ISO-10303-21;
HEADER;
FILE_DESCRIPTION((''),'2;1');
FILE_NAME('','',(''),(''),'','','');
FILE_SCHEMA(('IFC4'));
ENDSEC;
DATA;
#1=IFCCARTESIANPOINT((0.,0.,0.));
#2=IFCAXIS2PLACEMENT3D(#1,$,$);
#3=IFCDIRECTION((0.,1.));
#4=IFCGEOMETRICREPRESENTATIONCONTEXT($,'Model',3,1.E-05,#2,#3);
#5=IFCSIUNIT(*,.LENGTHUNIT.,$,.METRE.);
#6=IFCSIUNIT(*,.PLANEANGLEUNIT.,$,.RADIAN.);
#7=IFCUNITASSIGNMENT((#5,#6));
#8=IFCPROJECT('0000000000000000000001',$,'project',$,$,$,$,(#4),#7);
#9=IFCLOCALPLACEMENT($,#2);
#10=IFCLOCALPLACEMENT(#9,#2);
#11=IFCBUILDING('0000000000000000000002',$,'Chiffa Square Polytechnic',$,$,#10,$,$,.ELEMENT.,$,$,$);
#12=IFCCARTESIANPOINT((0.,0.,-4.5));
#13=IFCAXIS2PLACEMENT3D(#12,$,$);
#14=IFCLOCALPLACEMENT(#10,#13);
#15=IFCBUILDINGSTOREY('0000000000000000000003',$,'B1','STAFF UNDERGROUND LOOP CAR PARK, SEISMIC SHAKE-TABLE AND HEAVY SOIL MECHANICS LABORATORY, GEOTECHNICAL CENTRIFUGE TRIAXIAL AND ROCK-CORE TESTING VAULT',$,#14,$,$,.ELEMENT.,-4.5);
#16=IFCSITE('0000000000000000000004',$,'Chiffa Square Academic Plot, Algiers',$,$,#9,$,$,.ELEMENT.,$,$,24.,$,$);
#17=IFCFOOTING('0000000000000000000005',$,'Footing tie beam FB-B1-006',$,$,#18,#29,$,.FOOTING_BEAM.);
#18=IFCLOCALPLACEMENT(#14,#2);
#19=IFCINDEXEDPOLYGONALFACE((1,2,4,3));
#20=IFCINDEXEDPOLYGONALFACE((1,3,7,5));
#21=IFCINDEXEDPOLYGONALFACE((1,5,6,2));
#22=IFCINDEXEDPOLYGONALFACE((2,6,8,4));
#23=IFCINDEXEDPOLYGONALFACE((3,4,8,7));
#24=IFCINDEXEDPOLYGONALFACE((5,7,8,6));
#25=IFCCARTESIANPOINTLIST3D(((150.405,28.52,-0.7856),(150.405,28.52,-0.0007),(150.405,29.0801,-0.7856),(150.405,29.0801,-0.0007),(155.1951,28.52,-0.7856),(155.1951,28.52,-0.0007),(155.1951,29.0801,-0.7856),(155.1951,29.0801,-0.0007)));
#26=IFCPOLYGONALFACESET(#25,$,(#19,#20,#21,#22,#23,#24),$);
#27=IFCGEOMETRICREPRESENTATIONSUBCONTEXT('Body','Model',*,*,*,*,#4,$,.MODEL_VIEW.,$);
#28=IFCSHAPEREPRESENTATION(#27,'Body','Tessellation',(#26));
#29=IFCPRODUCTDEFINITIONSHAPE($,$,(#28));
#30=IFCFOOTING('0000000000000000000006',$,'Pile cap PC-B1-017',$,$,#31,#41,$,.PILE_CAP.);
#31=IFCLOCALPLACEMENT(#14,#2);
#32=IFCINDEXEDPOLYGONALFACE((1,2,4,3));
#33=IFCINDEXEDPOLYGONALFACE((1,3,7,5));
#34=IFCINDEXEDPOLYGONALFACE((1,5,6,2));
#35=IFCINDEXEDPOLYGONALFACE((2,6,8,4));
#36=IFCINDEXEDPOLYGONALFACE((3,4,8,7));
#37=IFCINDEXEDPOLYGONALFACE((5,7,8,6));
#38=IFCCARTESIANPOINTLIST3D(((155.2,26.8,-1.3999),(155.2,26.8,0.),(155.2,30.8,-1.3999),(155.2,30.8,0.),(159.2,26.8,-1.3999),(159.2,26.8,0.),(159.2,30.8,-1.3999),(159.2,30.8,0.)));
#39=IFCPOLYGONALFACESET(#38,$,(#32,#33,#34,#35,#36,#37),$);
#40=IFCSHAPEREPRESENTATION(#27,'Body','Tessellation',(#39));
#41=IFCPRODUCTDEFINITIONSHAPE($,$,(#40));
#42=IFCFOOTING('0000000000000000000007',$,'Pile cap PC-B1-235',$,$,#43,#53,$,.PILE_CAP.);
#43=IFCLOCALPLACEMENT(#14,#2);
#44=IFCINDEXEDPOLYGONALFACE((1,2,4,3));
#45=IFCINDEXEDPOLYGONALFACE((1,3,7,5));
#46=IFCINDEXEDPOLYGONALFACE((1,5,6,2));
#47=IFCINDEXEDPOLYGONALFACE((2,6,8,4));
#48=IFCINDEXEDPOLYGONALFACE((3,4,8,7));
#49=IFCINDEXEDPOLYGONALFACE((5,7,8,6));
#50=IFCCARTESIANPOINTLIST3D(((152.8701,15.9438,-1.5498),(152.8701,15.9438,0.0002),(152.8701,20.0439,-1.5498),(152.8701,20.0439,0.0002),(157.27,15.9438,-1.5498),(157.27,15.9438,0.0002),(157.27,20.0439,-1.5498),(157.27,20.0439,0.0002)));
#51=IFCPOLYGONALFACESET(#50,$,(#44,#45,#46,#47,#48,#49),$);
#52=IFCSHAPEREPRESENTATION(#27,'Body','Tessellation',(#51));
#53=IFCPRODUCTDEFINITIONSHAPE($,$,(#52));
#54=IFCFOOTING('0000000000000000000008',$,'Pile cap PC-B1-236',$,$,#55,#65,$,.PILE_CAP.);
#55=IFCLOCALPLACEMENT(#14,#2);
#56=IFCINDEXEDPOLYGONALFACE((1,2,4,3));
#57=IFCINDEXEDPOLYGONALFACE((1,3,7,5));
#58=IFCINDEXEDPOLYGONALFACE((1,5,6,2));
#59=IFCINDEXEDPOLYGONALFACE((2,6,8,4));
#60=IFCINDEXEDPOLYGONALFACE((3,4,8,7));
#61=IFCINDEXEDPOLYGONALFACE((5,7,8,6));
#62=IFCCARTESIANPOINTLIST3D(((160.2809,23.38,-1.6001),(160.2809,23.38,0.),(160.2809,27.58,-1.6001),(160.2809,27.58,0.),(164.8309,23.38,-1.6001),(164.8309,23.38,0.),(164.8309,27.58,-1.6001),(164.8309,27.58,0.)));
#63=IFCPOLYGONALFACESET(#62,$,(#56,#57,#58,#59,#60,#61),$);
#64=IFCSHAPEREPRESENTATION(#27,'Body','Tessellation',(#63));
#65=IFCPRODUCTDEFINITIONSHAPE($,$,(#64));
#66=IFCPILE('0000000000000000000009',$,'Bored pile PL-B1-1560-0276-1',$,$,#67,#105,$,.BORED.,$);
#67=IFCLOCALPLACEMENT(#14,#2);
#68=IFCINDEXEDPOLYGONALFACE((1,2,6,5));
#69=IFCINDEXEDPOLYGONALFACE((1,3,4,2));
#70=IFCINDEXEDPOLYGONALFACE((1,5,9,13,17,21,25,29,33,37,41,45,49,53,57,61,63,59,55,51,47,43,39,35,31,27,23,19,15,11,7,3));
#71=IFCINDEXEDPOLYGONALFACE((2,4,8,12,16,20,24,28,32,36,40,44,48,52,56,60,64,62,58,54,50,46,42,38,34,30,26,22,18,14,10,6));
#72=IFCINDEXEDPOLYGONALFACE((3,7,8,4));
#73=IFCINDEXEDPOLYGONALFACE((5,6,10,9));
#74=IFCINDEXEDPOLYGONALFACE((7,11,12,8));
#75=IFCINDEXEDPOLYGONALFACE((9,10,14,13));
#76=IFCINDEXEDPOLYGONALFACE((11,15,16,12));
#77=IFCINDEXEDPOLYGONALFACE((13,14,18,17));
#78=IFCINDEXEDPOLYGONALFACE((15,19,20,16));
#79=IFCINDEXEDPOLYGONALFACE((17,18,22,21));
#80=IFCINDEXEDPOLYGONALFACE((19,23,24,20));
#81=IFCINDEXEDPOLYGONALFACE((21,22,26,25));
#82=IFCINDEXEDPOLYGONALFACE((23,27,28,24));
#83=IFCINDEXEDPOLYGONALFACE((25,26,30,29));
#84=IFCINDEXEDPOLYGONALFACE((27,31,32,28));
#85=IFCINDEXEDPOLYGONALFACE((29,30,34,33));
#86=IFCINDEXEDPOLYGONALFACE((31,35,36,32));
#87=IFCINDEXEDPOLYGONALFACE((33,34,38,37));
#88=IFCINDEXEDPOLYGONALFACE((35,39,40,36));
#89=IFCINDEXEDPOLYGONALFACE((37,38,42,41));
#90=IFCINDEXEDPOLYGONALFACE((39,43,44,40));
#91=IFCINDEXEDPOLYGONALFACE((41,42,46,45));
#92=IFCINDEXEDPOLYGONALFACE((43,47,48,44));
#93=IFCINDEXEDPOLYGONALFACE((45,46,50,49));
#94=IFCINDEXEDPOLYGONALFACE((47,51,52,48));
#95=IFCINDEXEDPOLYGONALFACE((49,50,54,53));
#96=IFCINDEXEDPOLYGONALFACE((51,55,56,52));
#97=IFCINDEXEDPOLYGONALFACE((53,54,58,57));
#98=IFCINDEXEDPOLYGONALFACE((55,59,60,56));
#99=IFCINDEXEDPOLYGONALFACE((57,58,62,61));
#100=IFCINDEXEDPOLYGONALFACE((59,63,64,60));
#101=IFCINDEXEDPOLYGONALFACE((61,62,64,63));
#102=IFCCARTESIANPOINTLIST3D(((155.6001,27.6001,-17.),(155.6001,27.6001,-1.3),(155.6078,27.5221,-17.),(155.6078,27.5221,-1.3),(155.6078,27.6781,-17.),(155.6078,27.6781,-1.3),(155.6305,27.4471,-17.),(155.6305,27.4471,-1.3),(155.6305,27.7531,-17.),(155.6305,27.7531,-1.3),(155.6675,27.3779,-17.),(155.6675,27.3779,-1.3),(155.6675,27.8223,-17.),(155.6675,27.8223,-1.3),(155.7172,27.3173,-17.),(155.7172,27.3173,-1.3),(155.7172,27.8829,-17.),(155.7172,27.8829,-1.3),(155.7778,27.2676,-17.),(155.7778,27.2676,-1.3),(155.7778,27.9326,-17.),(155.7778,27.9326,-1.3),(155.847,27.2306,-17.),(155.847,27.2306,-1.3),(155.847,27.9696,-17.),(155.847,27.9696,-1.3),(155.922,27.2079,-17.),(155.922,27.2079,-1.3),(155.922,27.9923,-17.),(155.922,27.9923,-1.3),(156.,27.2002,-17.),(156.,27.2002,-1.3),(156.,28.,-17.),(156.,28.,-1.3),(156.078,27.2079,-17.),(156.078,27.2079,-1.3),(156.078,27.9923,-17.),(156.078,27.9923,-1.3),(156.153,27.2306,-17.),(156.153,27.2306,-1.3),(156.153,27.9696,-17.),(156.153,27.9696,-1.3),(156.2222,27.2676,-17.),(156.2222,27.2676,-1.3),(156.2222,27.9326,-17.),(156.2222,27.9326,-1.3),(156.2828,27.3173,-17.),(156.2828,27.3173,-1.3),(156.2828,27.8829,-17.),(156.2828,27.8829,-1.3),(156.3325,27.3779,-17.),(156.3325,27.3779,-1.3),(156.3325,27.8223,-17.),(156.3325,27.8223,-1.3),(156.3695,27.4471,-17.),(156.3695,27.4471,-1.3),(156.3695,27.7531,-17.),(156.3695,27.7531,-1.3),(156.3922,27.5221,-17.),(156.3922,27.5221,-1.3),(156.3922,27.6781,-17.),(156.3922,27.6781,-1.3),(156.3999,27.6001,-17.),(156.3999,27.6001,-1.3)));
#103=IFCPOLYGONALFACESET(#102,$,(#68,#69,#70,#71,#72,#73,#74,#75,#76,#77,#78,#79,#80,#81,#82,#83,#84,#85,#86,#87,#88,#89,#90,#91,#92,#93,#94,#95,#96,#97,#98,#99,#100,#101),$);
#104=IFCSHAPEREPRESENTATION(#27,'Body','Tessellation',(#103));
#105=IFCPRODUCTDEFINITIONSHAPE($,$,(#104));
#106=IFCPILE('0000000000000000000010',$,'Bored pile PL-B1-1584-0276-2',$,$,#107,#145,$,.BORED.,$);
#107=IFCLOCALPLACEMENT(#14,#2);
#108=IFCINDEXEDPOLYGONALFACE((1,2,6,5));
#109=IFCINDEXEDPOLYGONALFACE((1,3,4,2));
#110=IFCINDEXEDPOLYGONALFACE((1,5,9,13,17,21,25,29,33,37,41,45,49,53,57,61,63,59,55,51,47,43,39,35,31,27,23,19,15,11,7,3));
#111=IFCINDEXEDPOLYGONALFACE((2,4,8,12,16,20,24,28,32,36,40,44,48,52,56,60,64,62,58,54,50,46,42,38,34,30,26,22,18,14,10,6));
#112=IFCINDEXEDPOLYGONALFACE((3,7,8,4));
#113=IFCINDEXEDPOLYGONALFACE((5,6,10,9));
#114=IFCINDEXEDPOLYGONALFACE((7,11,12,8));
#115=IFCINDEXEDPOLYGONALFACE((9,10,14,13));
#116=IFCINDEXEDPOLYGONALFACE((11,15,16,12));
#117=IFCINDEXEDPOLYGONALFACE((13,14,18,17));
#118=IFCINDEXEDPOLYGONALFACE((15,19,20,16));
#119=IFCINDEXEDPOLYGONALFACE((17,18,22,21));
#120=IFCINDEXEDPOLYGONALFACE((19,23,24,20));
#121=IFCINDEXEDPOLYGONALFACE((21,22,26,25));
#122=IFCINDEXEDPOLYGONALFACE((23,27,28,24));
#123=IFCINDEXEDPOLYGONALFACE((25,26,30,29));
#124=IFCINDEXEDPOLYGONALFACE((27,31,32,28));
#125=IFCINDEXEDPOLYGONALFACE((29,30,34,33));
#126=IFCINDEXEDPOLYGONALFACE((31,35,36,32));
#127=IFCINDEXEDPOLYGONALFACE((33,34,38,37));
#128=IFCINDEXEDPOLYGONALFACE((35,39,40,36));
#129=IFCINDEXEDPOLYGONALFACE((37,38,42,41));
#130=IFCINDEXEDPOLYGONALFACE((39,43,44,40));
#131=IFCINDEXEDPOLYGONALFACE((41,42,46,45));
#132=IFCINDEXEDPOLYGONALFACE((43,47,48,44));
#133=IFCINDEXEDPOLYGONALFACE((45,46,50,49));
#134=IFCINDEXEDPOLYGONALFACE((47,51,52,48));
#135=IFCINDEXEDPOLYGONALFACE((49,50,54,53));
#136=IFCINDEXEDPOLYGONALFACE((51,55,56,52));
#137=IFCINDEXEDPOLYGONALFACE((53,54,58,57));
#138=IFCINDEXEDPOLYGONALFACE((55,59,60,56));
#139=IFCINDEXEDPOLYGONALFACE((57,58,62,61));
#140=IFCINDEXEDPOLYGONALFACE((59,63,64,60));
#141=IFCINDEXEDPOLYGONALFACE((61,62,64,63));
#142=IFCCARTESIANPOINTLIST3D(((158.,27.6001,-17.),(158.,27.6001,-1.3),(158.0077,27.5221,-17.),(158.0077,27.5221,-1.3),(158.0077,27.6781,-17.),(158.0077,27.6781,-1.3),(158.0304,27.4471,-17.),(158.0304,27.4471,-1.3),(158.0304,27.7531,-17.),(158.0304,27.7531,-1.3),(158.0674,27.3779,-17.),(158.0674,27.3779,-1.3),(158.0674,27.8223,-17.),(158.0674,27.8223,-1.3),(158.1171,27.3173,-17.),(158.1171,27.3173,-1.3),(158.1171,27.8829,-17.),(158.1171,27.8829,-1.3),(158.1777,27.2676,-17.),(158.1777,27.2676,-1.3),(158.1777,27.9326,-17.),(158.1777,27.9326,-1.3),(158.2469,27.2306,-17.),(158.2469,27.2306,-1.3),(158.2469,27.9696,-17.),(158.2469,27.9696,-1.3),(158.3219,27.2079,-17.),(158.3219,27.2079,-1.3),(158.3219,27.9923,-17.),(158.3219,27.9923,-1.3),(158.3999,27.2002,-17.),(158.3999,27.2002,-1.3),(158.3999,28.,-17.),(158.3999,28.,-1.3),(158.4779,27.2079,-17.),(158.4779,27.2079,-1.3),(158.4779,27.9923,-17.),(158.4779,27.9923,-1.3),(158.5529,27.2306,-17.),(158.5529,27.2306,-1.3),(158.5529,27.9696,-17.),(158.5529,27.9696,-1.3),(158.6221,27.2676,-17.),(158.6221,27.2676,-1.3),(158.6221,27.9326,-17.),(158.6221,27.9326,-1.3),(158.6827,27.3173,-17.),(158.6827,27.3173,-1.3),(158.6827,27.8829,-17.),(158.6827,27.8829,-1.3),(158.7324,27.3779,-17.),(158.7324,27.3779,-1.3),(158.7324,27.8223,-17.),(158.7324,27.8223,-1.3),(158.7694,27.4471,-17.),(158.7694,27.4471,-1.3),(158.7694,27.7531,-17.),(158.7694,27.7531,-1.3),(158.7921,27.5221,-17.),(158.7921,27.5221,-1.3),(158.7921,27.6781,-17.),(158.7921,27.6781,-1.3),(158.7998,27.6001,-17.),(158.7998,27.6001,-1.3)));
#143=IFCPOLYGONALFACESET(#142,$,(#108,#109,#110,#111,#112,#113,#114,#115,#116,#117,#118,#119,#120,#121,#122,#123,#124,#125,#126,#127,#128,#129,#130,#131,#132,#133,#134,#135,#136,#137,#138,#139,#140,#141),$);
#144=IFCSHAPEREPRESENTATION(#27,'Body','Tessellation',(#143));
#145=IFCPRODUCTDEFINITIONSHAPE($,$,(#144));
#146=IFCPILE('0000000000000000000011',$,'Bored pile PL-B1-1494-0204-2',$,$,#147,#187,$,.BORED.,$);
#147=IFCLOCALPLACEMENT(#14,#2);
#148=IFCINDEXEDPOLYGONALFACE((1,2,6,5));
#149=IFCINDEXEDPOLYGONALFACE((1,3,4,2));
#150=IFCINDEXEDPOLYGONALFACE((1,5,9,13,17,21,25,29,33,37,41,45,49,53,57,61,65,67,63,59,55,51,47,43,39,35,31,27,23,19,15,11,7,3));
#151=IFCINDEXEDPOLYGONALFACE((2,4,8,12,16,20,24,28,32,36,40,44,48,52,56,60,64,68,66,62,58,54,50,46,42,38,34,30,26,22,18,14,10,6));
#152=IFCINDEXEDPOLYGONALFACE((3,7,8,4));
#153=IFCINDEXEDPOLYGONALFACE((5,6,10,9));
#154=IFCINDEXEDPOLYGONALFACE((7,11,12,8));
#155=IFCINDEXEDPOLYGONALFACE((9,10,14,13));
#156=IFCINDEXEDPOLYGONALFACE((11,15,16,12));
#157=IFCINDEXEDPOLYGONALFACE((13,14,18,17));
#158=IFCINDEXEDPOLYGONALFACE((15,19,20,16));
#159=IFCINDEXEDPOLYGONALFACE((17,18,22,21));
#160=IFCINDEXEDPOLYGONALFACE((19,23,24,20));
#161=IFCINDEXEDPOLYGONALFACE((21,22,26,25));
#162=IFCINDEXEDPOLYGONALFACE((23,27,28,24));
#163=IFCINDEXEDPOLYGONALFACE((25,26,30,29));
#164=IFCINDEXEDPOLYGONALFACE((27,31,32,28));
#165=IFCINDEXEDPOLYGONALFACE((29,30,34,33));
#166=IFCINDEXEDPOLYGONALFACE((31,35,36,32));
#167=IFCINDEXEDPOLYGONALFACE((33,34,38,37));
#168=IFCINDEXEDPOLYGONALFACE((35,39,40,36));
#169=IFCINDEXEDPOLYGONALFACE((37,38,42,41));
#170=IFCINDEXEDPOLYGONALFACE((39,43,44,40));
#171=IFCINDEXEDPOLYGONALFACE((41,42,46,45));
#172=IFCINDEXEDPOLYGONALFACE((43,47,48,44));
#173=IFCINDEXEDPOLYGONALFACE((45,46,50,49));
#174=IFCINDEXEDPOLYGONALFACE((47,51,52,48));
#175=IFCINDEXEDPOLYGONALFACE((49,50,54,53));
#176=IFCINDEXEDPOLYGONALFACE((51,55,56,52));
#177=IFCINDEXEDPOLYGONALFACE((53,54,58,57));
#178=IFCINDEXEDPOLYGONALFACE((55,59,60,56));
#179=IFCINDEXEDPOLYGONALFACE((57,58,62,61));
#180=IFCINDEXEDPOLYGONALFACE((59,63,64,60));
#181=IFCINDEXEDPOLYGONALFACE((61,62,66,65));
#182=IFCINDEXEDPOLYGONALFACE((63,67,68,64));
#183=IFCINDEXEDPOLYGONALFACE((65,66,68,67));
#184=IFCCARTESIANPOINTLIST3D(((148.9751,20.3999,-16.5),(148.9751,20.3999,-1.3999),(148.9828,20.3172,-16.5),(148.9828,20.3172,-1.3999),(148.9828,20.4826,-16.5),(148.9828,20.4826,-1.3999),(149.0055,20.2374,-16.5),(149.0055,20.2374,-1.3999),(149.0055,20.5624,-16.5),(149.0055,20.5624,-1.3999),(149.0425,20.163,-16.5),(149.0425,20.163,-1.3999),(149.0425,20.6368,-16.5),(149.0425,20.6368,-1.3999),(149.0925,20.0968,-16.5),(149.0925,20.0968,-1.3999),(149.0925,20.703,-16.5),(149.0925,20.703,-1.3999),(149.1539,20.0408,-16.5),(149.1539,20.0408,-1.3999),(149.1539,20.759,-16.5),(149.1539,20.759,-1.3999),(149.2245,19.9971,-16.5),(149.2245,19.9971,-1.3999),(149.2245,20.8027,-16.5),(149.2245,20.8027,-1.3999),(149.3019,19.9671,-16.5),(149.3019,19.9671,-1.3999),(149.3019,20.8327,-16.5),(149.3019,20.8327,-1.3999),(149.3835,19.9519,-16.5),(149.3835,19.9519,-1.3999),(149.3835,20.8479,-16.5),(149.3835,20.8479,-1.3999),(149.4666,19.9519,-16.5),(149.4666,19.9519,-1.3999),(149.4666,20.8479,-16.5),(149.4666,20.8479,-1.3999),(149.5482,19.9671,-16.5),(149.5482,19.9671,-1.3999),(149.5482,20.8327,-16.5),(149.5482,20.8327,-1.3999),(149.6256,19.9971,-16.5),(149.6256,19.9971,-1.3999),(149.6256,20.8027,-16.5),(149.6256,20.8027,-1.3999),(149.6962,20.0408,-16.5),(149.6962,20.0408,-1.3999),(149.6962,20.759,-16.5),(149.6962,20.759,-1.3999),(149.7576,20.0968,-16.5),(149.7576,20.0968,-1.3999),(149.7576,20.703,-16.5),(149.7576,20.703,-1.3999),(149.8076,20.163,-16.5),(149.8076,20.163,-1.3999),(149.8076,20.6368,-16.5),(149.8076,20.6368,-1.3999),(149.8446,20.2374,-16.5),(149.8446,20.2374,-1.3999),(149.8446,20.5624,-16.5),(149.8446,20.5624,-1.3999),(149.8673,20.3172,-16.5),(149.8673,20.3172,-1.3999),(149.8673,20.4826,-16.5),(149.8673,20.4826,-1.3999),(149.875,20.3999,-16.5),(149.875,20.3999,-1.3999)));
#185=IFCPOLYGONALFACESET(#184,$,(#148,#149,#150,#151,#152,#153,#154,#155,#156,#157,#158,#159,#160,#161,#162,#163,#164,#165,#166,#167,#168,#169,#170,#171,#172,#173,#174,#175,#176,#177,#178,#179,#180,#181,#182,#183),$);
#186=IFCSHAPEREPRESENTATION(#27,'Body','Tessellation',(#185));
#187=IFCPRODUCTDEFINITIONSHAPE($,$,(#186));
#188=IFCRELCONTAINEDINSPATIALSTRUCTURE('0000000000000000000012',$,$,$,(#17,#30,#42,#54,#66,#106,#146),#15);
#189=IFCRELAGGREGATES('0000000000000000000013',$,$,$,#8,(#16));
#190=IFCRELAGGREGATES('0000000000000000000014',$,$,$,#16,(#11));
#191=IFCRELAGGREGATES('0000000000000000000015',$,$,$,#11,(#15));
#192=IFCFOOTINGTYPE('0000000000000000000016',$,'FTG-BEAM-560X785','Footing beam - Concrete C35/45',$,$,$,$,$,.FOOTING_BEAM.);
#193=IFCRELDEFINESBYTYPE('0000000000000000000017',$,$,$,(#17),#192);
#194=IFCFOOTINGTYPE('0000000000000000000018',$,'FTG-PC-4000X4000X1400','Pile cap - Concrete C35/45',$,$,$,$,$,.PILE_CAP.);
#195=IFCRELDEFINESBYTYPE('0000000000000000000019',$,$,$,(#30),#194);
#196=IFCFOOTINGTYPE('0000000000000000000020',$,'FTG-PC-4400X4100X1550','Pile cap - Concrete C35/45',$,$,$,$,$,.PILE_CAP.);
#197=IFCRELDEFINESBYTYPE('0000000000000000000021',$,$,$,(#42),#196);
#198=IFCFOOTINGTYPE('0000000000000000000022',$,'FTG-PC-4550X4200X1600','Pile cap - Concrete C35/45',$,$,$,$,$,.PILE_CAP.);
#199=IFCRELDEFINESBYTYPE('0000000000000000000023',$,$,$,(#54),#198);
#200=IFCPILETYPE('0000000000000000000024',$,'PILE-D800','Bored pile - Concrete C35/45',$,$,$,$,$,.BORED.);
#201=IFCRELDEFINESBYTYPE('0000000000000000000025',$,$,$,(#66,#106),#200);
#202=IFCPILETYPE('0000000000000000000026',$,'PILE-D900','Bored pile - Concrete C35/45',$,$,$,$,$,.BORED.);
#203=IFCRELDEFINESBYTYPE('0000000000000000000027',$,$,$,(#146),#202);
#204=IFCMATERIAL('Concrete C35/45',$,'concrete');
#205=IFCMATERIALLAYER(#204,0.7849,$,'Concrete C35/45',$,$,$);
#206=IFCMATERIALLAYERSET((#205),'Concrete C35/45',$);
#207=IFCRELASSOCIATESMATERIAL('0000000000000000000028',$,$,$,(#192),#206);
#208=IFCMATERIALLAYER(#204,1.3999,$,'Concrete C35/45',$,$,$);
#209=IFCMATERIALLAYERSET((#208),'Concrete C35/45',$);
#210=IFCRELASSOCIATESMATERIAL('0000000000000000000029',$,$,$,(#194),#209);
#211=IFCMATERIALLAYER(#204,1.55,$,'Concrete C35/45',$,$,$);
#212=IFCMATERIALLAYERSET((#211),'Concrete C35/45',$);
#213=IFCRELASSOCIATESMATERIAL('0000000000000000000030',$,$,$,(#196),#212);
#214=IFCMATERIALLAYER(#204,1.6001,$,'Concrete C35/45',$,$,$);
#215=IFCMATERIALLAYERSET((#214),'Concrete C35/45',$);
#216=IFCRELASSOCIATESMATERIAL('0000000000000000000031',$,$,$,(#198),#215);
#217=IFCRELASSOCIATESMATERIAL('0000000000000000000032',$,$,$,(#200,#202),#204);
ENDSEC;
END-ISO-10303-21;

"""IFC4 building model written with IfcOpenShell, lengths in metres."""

from ifc_helpers import new_model, si_unit, direction, frame, origin, origin_2d, place, context, subcontext, project, spatial, rectangle, circle, extrude, material, layer, layer_set, material_profile, profile_set, type_object, element, save


model = new_model("IFC4")

# Units and contexts
model_context = context("Model", 3, precision=1e-05, world=origin(), true_north=direction((0.0, 1.0)))
body_context = subcontext(model_context, "Body", "Model", "MODEL_VIEW")
ifc_project = project(units=[si_unit("LENGTHUNIT", "METRE"), si_unit("PLANEANGLEUNIT", "RADIAN")], contexts=[model_context])

# Site, building, storey
site_placement = place(None, origin())
site = spatial("IfcSite", under=ifc_project, at=site_placement, Name="Chiffa Square Academic Plot, Algiers", CompositionType="ELEMENT", RefElevation=24.0)
building_placement = place(site_placement, origin())
building = spatial("IfcBuilding", under=site, at=building_placement, Name="Chiffa Square Polytechnic", CompositionType="ELEMENT")
storey_placement = place(building_placement, frame((0.0, 0.0, -4.5)))
storey = spatial("IfcBuildingStorey", under=building, at=storey_placement, Name="B1", Description="STAFF UNDERGROUND LOOP CAR PARK, SEISMIC SHAKE-TABLE AND HEAVY SOIL MECHANICS LABORATORY, GEOTECHNICAL CENTRIFUGE TRIAXIAL AND ROCK-CORE TESTING VAULT", CompositionType="ELEMENT", Elevation=-4.5)

# Footings
ifc_material_1 = material(Name="Concrete C35/45", Category="concrete")
ifc_layer_1 = layer(ifc_material_1, 0.7849, Name="Concrete C35/45")
ifc_layer_set_1 = layer_set([ifc_layer_1], Name="Concrete C35/45")
footing_type_1 = type_object("IfcFootingType", Name="FTG-BEAM-560X785", Description="Footing beam - Concrete C35/45", PredefinedType="FOOTING_BEAM", material=ifc_layer_set_1)
footing_1_placement = place(storey_placement, frame((152.8, 28.8, -0.7856), z_axis=(0.0, 0.0, 1.0), x_axis=(1.0, 0.0, 0.0)))
element("IfcFooting", 1, at=footing_1_placement, inside=storey, type_object=footing_type_1, Name="Footing tie beam FB-B1-006", PredefinedType="FOOTING_BEAM", context=body_context, shape_type="SweptSolid", body=[
    extrude(rectangle(XDim=4.79, YDim=0.5601, at=origin_2d()), origin(), (0.0, 0.0, 1.0), 0.7849),
])
ifc_layer_2 = layer(ifc_material_1, 1.3999, Name="Concrete C35/45")
ifc_layer_set_2 = layer_set([ifc_layer_2], Name="Concrete C35/45")
footing_type_2 = type_object("IfcFootingType", Name="FTG-PC-4000X4000X1400", Description="Pile cap - Concrete C35/45", PredefinedType="PILE_CAP", material=ifc_layer_set_2)
footing_2_placement = place(storey_placement, frame((157.2, 28.8, -1.3999), z_axis=(0.0, 0.0, 1.0), x_axis=(1.0, 0.0, 0.0)))
element("IfcFooting", 2, at=footing_2_placement, inside=storey, type_object=footing_type_2, Name="Pile cap PC-B1-017", PredefinedType="PILE_CAP", context=body_context, shape_type="SweptSolid", body=[
    extrude(rectangle(XDim=4.0, YDim=4.0, at=origin_2d()), origin(), (0.0, 0.0, 1.0), 1.3999),
])
ifc_layer_3 = layer(ifc_material_1, 1.55, Name="Concrete C35/45")
ifc_layer_set_3 = layer_set([ifc_layer_3], Name="Concrete C35/45")
footing_type_3 = type_object("IfcFootingType", Name="FTG-PC-4400X4100X1550", Description="Pile cap - Concrete C35/45", PredefinedType="PILE_CAP", material=ifc_layer_set_3)
footing_3_placement = place(storey_placement, frame((155.0701, 17.9939, -1.5498), z_axis=(0.0, 0.0, 1.0), x_axis=(1.0, 0.0, 0.0)))
element("IfcFooting", 3, at=footing_3_placement, inside=storey, type_object=footing_type_3, Name="Pile cap PC-B1-235", PredefinedType="PILE_CAP", context=body_context, shape_type="SweptSolid", body=[
    extrude(rectangle(XDim=4.3999, YDim=4.1001, at=origin_2d()), origin(), (0.0, 0.0, 1.0), 1.55),
])
ifc_layer_4 = layer(ifc_material_1, 1.6001, Name="Concrete C35/45")
ifc_layer_set_4 = layer_set([ifc_layer_4], Name="Concrete C35/45")
footing_type_4 = type_object("IfcFootingType", Name="FTG-PC-4550X4200X1600", Description="Pile cap - Concrete C35/45", PredefinedType="PILE_CAP", material=ifc_layer_set_4)
footing_4_placement = place(storey_placement, frame((162.5559, 25.48, -1.6001), z_axis=(0.0, 0.0, 1.0), x_axis=(1.0, 0.0, 0.0)))
element("IfcFooting", 4, at=footing_4_placement, inside=storey, type_object=footing_type_4, Name="Pile cap PC-B1-236", PredefinedType="PILE_CAP", context=body_context, shape_type="SweptSolid", body=[
    extrude(rectangle(XDim=4.55, YDim=4.2, at=origin_2d()), origin(), (0.0, 0.0, 1.0), 1.6001),
])

# Piles
ifc_material_profile_1 = material_profile(ifc_material_1, circle(Radius=0.3999, at=origin_2d()), Name="PILE D800")
ifc_profile_set_1 = profile_set([ifc_material_profile_1], Name="Concrete C35/45")
pile_type_1 = type_object("IfcPileType", Name="PILE-D800", Description="Bored pile - Concrete C35/45", PredefinedType="BORED", material=ifc_profile_set_1)
for number, where, z_axis, x_axis, name in (
    (5, (156.0, 27.6001, -1.3), (0.0, 0.0, -1.0), (1.0, 0.0, 0.0), "Bored pile PL-B1-1560-0276-1"),
    (6, (158.3999, 27.6001, -1.3), (0.0, 0.0, -1.0), (1.0, 0.0, 0.0), "Bored pile PL-B1-1584-0276-2"),
):
    element("IfcPile", number, at=place(storey_placement, frame(where, z_axis=z_axis, x_axis=x_axis)), inside=storey, type_object=pile_type_1, Name=name, PredefinedType="BORED", context=body_context, shape_type="SweptSolid", body=[
        extrude(circle(Radius=0.3999, at=origin_2d()), origin(), (0.0, 0.0, 1.0), 15.7),
    ])
ifc_material_profile_2 = material_profile(ifc_material_1, circle(Radius=0.45, at=origin_2d()), Name="PILE D900")
ifc_profile_set_2 = profile_set([ifc_material_profile_2], Name="Concrete C35/45")
pile_type_2 = type_object("IfcPileType", Name="PILE-D900", Description="Bored pile - Concrete C35/45", PredefinedType="BORED", material=ifc_profile_set_2)
for number, where, z_axis, x_axis, name in (
    (7, (149.425, 20.3999, -1.3999), (0.0, 0.0, -1.0), (1.0, 0.0, 0.0), "Bored pile PL-B1-1494-0204-2"),
):
    element("IfcPile", number, at=place(storey_placement, frame(where, z_axis=z_axis, x_axis=x_axis)), inside=storey, type_object=pile_type_2, Name=name, PredefinedType="BORED", context=body_context, shape_type="SweptSolid", body=[
        extrude(circle(Radius=0.45, at=origin_2d()), origin(), (0.0, 0.0, 1.0), 15.1001),
    ])

save(model, "model.ifc")
